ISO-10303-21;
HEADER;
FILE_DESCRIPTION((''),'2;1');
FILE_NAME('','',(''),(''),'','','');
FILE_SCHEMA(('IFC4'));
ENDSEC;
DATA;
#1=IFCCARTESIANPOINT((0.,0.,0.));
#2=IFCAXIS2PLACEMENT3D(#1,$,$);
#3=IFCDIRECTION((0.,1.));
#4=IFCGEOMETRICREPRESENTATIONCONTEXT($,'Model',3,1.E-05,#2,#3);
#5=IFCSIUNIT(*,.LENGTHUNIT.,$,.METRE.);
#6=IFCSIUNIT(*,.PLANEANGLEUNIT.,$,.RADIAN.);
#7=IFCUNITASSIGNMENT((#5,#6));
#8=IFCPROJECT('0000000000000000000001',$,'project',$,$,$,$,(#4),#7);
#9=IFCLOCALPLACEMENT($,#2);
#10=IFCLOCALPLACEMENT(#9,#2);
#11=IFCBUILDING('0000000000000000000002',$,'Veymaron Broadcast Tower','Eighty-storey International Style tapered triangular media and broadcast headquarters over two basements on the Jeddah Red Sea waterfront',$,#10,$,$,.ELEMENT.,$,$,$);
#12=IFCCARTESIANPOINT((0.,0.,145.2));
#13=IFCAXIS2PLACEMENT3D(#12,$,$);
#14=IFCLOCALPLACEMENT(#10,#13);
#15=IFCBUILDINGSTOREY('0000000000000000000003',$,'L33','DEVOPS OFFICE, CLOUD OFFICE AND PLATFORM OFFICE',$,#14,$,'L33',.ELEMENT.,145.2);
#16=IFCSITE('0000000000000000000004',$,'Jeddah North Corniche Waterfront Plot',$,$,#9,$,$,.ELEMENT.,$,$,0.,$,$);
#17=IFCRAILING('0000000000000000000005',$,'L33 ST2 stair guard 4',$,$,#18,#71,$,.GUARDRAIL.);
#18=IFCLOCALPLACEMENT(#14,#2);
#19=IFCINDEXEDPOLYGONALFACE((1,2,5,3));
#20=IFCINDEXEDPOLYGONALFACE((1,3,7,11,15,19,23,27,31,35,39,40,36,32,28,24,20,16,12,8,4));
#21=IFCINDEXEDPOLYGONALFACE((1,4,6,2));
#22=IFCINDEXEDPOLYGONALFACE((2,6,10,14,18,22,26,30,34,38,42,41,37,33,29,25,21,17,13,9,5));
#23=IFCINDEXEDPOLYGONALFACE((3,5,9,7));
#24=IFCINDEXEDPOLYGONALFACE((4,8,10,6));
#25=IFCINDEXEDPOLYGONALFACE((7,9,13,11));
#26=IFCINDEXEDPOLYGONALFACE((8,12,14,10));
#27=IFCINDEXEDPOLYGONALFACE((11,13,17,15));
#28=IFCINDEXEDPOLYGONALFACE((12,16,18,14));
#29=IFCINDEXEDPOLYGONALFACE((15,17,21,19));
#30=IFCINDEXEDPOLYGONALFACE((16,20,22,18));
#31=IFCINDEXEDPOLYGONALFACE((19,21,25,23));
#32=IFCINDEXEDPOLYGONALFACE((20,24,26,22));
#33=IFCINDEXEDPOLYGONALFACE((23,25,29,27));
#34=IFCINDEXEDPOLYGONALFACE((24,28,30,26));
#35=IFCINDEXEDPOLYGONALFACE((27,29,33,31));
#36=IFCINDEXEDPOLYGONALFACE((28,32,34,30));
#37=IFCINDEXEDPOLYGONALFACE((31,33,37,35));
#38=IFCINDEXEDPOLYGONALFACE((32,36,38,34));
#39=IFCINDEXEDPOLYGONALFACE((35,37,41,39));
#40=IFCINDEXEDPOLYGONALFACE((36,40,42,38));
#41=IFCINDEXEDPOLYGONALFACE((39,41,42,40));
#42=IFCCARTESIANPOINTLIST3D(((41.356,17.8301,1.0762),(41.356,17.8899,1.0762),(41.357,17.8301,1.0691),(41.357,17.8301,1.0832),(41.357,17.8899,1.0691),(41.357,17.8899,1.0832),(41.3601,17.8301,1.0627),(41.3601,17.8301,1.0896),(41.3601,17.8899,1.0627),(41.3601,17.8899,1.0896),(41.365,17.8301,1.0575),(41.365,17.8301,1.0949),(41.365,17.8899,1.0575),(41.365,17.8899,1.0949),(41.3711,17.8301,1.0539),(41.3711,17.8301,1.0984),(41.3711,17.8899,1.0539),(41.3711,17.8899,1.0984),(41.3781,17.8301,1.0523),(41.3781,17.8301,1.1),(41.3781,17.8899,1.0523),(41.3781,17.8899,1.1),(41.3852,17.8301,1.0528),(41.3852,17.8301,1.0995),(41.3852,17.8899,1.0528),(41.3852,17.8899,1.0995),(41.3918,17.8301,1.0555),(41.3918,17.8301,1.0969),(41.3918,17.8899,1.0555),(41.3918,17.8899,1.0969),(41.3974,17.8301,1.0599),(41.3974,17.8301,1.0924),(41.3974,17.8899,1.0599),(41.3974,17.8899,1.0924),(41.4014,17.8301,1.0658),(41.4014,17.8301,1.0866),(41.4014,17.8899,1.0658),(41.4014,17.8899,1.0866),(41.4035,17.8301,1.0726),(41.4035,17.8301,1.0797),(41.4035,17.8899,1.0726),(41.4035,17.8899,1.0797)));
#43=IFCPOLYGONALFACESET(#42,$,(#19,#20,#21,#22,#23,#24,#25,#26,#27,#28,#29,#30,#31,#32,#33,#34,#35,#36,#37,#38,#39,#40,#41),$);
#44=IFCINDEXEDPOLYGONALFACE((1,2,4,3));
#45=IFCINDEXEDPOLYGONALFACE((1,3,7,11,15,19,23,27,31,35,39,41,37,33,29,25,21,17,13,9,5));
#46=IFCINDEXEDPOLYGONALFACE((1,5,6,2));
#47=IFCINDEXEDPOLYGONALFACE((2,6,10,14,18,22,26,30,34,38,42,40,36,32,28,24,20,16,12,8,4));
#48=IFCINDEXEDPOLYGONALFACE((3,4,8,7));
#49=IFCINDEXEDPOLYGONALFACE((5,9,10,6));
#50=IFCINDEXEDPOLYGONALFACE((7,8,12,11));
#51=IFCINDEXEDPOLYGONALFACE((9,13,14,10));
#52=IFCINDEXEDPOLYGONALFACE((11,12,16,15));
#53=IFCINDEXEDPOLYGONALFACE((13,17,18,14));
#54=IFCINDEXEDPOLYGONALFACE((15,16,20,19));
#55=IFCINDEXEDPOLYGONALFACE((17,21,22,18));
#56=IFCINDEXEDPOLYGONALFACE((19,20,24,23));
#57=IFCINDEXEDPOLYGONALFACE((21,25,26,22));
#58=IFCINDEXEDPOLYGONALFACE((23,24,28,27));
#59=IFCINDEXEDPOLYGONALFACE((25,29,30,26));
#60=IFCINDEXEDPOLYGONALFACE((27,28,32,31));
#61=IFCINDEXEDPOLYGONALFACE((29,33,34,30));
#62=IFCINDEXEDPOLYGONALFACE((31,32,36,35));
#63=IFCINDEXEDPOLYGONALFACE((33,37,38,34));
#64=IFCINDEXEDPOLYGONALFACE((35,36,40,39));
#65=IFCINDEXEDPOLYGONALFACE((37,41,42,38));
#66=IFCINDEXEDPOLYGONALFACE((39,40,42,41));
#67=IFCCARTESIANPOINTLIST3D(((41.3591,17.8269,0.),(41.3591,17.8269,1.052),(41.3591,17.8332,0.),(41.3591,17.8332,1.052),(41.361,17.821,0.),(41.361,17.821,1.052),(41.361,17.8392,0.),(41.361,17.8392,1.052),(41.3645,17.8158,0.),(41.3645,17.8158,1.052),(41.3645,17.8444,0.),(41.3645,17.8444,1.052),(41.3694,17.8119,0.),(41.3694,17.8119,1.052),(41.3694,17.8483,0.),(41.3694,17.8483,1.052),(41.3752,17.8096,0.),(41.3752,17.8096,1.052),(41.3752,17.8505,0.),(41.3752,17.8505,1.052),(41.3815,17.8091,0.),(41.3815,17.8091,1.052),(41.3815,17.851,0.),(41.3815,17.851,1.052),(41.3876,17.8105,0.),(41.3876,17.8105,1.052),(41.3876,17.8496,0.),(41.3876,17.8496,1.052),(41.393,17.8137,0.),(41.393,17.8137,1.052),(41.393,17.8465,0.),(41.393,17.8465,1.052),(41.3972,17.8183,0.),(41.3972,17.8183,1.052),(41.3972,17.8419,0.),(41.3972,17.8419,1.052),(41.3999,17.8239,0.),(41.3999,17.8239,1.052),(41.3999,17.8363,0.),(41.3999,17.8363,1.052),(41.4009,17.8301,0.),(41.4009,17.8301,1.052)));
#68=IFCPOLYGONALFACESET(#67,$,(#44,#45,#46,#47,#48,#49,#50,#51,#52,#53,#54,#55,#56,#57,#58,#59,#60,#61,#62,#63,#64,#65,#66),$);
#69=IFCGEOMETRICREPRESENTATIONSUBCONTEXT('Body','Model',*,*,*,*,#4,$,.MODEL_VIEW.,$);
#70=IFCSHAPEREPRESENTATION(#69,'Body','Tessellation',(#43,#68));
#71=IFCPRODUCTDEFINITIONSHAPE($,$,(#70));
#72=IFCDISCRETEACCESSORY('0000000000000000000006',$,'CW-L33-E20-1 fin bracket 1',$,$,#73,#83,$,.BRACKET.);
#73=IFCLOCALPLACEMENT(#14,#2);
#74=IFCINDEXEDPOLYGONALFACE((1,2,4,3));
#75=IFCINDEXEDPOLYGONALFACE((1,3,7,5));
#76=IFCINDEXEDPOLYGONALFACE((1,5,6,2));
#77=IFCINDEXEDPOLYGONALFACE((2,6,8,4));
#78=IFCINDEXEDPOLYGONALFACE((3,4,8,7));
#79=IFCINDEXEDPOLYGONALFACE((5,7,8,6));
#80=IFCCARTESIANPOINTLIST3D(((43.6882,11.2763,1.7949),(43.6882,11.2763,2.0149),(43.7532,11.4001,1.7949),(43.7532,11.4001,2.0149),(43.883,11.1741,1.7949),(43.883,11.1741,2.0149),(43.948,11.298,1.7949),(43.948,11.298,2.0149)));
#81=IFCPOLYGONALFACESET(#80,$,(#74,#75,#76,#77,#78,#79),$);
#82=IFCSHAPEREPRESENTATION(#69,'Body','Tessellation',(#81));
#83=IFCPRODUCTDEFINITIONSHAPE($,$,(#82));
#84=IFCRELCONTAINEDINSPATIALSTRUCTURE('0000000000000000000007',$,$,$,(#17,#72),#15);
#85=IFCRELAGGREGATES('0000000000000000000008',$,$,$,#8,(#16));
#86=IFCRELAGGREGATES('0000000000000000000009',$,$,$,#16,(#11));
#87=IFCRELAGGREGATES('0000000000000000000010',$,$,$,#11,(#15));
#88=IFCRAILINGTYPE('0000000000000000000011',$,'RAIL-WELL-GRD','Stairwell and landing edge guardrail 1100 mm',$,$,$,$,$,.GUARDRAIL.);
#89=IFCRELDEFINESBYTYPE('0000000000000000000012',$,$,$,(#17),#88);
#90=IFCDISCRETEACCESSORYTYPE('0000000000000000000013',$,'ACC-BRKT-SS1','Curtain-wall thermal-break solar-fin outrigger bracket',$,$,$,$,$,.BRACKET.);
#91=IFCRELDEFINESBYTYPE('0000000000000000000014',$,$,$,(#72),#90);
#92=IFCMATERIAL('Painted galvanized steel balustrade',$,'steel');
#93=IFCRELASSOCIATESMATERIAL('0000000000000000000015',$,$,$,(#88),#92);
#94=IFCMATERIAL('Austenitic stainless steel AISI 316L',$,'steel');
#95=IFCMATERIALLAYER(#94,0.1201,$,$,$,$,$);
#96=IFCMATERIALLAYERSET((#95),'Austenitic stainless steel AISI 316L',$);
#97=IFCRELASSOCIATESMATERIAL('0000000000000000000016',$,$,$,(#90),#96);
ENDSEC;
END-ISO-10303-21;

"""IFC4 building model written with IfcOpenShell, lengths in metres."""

from ifc_helpers import new_model, si_unit, direction, frame, origin, origin_2d, place, context, subcontext, project, spatial, rectangle, circle, extrude, material, layer, layer_set, type_object, element, save


model = new_model("IFC4")

# Units and contexts
model_context = context("Model", 3, precision=1e-05, world=origin(), true_north=direction((0.0, 1.0)))
body_context = subcontext(model_context, "Body", "Model", "MODEL_VIEW")
ifc_project = project(units=[si_unit("LENGTHUNIT", "METRE"), si_unit("PLANEANGLEUNIT", "RADIAN")], contexts=[model_context])

# Site, building, storey
site_placement = place(None, origin())
site = spatial("IfcSite", under=ifc_project, at=site_placement, Name="Jeddah North Corniche Waterfront Plot", CompositionType="ELEMENT", RefElevation=0.0)
building_placement = place(site_placement, origin())
building = spatial("IfcBuilding", under=site, at=building_placement, Name="Veymaron Broadcast Tower", Description="Eighty-storey International Style tapered triangular media and broadcast headquarters over two basements on the Jeddah Red Sea waterfront", CompositionType="ELEMENT")
storey_placement = place(building_placement, frame((0.0, 0.0, 145.2)))
storey = spatial("IfcBuildingStorey", under=building, at=storey_placement, Name="L33", Description="DEVOPS OFFICE, CLOUD OFFICE AND PLATFORM OFFICE", LongName="L33", CompositionType="ELEMENT", Elevation=145.2)

# Railing
ifc_material_1 = material(Name="Painted galvanized steel balustrade", Category="steel")
railing_type_1 = type_object("IfcRailingType", Name="RAIL-WELL-GRD", Description="Stairwell and landing edge guardrail 1100 mm", PredefinedType="GUARDRAIL", material=ifc_material_1)
railing_1_placement = place(storey_placement, frame((41.3799, 17.8301, 0.0)))
element("IfcRailing", 1, at=railing_1_placement, inside=storey, type_object=railing_type_1, Name="L33 ST2 stair guard 4", PredefinedType="GUARDRAIL", context=body_context, shape_type="SweptSolid", body=[
    extrude(circle(Radius=0.0239, at=origin_2d()), frame((0.0, 0.0, 1.0762), z_axis=(0.0, 1.0, 0.0), x_axis=(-1.0, 0.0, 0.0)), (0.0, 0.0, 1.0), 0.0598),
    extrude(circle(Radius=0.021, at=origin_2d()), origin(), (0.0, 0.0, 1.0), 1.052),
])

# Discrete accessory
ifc_material_2 = material(Name="Austenitic stainless steel AISI 316L", Category="steel")
ifc_layer_1 = layer(ifc_material_2, 0.1201)
ifc_layer_set_1 = layer_set([ifc_layer_1], Name="Austenitic stainless steel AISI 316L")
discrete_accessory_type = type_object("IfcDiscreteAccessoryType", Name="ACC-BRKT-SS1", Description="Curtain-wall thermal-break solar-fin outrigger bracket", PredefinedType="BRACKET", material=ifc_layer_set_1)
discrete_accessory_placement = place(storey_placement, frame((43.8181, 11.2871, 1.7949), z_axis=(0.0, 0.0, 1.0), x_axis=(0.885588, -0.464471, 0.0)))
element("IfcDiscreteAccessory", 2, at=discrete_accessory_placement, inside=storey, type_object=discrete_accessory_type, Name="CW-L33-E20-1 fin bracket 1", PredefinedType="BRACKET", context=body_context, shape_type="SweptSolid", body=[
    extrude(rectangle(XDim=0.22, YDim=0.1399, at=origin_2d()), origin(), (0.0, 0.0, 1.0), 0.22),
])

save(model, "model.ifc")
